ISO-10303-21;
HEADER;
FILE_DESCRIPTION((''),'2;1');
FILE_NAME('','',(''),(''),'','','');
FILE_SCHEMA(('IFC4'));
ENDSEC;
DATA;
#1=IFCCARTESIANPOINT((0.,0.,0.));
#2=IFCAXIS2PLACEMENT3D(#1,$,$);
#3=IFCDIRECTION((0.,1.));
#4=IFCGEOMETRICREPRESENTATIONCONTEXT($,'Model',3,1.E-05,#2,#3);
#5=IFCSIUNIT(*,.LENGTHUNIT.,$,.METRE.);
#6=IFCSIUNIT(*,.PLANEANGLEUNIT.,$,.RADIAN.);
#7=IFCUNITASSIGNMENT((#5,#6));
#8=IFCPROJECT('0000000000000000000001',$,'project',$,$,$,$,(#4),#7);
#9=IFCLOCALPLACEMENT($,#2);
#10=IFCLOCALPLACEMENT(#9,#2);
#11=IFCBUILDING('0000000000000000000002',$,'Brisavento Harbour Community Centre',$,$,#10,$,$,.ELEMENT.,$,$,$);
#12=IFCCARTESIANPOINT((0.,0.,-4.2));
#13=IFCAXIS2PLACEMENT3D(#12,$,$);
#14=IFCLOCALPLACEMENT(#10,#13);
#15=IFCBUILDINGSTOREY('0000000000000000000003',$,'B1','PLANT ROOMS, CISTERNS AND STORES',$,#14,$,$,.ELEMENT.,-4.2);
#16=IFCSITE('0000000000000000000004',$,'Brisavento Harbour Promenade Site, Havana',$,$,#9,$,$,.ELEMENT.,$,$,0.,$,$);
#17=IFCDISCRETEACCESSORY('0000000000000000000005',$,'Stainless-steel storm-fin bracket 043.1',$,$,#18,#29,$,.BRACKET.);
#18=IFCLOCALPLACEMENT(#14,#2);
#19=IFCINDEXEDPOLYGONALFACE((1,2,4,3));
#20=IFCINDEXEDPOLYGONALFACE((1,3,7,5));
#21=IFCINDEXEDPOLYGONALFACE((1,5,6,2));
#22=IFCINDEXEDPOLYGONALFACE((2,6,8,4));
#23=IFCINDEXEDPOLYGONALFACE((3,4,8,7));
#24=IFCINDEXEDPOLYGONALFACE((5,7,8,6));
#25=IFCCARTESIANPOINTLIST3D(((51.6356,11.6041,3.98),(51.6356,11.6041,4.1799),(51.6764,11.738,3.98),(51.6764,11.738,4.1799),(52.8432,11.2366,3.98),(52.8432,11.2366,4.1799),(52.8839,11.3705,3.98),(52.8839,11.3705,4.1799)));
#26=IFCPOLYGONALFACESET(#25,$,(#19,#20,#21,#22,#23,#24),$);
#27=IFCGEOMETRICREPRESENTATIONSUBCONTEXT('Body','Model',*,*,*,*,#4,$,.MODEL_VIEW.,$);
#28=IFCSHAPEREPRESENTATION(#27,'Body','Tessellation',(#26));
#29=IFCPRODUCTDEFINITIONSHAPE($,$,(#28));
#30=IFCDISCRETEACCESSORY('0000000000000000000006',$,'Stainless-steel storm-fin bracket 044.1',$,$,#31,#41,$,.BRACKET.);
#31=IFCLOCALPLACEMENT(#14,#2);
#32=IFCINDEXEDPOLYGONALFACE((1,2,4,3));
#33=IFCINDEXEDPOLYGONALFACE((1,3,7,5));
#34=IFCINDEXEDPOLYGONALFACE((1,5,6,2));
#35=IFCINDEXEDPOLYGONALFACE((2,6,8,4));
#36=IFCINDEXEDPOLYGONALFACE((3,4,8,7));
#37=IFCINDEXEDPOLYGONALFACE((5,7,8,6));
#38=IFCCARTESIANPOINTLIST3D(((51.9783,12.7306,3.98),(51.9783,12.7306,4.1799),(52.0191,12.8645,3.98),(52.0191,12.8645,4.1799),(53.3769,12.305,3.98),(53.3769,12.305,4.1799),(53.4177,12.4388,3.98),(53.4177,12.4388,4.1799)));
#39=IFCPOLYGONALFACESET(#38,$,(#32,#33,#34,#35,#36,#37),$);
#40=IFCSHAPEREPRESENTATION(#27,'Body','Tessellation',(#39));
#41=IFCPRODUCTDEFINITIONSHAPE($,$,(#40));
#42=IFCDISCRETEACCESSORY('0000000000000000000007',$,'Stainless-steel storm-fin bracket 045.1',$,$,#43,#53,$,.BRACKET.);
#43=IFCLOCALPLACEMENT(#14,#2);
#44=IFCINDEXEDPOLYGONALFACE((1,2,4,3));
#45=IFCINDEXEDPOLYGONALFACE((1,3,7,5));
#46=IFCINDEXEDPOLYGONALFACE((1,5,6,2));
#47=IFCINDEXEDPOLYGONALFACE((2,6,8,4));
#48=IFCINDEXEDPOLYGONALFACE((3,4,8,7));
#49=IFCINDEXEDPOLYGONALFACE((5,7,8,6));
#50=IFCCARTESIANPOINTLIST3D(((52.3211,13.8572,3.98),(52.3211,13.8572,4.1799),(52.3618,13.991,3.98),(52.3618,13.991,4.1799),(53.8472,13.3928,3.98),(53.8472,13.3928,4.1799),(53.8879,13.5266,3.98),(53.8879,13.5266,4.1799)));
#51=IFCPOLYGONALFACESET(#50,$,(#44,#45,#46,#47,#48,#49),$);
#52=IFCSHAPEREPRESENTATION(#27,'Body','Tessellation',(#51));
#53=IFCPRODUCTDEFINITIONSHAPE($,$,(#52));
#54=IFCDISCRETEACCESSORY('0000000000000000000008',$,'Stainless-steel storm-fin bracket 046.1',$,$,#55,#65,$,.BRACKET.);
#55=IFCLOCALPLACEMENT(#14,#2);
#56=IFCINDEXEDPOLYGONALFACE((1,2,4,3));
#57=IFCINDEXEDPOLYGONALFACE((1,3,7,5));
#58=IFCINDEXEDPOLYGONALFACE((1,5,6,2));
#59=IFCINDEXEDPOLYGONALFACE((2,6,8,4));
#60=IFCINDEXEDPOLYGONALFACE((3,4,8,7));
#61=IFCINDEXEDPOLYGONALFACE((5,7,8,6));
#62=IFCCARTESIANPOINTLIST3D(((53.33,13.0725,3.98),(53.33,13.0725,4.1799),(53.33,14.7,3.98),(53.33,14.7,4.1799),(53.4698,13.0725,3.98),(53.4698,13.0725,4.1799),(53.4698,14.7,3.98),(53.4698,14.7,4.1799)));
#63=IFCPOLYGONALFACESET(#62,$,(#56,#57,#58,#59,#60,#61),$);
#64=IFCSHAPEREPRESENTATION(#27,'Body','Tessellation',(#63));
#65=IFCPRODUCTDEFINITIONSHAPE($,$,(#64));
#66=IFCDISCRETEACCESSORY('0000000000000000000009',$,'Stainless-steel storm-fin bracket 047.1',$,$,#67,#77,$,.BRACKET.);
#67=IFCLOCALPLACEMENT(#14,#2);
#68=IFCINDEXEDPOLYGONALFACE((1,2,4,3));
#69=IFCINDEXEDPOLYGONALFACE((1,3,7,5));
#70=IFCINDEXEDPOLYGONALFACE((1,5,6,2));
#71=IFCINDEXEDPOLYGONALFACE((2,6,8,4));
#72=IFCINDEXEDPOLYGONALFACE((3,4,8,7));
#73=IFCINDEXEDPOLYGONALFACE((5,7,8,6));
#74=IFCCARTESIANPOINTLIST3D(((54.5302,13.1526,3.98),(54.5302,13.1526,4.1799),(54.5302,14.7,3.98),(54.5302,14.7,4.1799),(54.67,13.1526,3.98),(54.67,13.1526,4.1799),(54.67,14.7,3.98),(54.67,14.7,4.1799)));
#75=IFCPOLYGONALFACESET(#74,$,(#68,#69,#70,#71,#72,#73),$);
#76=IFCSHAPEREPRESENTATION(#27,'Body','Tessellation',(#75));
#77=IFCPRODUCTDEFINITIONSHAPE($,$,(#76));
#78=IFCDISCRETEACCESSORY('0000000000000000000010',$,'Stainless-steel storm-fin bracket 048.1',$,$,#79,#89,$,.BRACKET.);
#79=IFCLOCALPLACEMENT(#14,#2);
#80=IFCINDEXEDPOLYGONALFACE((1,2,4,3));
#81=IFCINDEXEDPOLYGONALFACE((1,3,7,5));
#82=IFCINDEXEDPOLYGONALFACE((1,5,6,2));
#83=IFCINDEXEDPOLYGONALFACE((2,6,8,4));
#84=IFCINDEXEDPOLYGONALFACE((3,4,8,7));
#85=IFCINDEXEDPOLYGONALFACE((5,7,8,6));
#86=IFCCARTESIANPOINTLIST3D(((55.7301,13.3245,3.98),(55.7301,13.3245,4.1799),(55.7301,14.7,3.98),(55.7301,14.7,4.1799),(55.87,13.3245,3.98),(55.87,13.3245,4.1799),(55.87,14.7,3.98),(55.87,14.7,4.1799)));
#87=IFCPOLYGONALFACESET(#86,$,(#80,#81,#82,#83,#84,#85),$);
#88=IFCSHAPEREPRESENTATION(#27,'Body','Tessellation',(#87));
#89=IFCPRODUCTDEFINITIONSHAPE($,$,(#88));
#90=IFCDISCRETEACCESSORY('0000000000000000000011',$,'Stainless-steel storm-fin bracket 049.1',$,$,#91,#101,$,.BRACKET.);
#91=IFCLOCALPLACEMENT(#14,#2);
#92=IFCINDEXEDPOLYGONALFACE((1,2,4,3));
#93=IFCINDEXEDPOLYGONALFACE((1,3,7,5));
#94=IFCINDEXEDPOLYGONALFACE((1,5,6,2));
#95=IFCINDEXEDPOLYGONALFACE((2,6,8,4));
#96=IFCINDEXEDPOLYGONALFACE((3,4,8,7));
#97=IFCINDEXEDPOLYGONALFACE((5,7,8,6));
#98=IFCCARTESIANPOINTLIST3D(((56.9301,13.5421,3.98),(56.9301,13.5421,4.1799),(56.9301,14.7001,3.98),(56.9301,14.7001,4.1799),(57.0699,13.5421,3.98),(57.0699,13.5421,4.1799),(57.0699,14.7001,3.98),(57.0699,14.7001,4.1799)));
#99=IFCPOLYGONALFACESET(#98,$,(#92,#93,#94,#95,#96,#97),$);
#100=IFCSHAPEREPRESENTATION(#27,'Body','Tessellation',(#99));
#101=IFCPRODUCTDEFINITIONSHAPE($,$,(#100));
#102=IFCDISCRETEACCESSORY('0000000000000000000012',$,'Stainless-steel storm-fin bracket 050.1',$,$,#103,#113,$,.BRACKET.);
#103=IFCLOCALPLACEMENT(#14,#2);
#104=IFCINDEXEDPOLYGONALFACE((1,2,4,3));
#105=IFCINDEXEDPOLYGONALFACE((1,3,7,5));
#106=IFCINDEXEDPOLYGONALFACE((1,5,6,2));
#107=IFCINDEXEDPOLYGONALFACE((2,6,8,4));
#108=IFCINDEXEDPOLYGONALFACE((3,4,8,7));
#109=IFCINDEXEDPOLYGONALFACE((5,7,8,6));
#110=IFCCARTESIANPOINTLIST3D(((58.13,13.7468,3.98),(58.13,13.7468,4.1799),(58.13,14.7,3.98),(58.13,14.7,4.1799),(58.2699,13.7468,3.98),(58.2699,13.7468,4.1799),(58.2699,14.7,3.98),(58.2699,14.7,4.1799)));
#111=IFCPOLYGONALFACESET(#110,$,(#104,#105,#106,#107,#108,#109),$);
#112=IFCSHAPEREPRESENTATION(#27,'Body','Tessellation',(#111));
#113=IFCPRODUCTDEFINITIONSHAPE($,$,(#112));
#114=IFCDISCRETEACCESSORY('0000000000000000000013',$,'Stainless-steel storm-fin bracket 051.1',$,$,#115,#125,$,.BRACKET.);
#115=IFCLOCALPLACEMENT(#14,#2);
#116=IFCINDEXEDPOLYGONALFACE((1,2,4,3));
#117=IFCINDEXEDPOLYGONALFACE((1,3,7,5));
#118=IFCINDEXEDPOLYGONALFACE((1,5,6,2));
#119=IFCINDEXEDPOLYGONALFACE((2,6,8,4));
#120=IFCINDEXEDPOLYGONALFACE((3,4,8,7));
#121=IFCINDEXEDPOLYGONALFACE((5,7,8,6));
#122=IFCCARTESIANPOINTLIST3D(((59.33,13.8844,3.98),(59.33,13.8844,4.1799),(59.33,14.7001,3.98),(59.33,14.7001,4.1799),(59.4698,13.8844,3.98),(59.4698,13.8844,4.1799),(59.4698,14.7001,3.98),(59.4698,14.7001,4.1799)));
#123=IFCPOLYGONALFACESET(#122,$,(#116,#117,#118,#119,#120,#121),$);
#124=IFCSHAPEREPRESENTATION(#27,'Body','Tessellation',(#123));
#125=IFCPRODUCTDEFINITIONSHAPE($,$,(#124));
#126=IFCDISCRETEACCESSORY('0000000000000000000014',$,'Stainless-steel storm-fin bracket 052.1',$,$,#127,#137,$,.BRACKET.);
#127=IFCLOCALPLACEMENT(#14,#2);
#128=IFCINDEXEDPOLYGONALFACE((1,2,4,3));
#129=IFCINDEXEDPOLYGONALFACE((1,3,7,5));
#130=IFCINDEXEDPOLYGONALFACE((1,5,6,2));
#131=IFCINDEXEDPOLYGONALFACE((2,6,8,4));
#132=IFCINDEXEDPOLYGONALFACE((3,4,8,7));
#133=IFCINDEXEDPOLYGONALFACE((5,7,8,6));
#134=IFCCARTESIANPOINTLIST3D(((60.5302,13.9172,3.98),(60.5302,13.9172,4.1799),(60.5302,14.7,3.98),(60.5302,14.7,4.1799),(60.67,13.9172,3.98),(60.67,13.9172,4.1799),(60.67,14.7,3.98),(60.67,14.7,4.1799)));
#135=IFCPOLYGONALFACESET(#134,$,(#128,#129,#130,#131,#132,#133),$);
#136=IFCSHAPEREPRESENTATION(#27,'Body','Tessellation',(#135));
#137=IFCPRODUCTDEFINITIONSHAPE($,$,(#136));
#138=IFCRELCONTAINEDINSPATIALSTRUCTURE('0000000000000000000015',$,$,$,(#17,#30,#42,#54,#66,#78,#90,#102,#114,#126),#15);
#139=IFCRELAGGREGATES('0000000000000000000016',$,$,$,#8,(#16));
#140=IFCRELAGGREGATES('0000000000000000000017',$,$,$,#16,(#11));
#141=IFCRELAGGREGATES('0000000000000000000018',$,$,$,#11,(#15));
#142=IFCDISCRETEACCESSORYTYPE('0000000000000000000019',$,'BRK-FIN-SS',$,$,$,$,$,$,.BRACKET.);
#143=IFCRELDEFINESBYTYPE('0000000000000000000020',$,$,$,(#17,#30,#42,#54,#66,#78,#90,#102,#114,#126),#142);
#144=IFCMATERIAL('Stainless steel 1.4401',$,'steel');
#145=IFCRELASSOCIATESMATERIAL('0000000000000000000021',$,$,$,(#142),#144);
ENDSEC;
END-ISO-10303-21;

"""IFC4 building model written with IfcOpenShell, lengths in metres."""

from ifc_helpers import new_model, si_unit, direction, frame, origin, origin_2d, place, context, subcontext, project, spatial, rectangle, extrude, material, type_object, element, save


model = new_model("IFC4")

# Units and contexts
model_context = context("Model", 3, precision=1e-05, world=origin(), true_north=direction((0.0, 1.0)))
body_context = subcontext(model_context, "Body", "Model", "MODEL_VIEW")
ifc_project = project(units=[si_unit("LENGTHUNIT", "METRE"), si_unit("PLANEANGLEUNIT", "RADIAN")], contexts=[model_context])

# Site, building, storey
site_placement = place(None, origin())
site = spatial("IfcSite", under=ifc_project, at=site_placement, Name="Brisavento Harbour Promenade Site, Havana", CompositionType="ELEMENT", RefElevation=0.0)
building_placement = place(site_placement, origin())
building = spatial("IfcBuilding", under=site, at=building_placement, Name="Brisavento Harbour Community Centre", CompositionType="ELEMENT")
storey_placement = place(building_placement, frame((0.0, 0.0, -4.2)))
storey = spatial("IfcBuildingStorey", under=building, at=storey_placement, Name="B1", Description="PLANT ROOMS, CISTERNS AND STORES", CompositionType="ELEMENT", Elevation=-4.2)

# Discrete accessories
ifc_material_1 = material(Name="Stainless steel 1.4401", Category="steel")
discrete_accessory_type = type_object("IfcDiscreteAccessoryType", Name="BRK-FIN-SS", PredefinedType="BRACKET", material=ifc_material_1)
discrete_accessory_1_placement = place(storey_placement, frame((52.2598, 11.4873, 3.98), z_axis=(0.0, 0.0, 1.0), x_axis=(0.956676, -0.291153, 0.0)))
element("IfcDiscreteAccessory", 1, at=discrete_accessory_1_placement, inside=storey, type_object=discrete_accessory_type, Name="Stainless-steel storm-fin bracket 043.1", PredefinedType="BRACKET", context=body_context, shape_type="SweptSolid", body=[
    extrude(rectangle(XDim=1.2622, YDim=0.1399, at=origin_2d()), origin(), (0.0, 0.0, 1.0), 0.2),
])
discrete_accessory_2_placement = place(storey_placement, frame((52.698, 12.5847, 3.98), z_axis=(0.0, 0.0, 1.0), x_axis=(0.956676, -0.291153, 0.0)))
element("IfcDiscreteAccessory", 2, at=discrete_accessory_2_placement, inside=storey, type_object=discrete_accessory_type, Name="Stainless-steel storm-fin bracket 044.1", PredefinedType="BRACKET", context=body_context, shape_type="SweptSolid", body=[
    extrude(rectangle(XDim=1.4619, YDim=0.1399, at=origin_2d()), origin(), (0.0, 0.0, 1.0), 0.2),
])
discrete_accessory_3_placement = place(storey_placement, frame((53.1045, 13.6919, 3.98), z_axis=(0.0, 0.0, 1.0), x_axis=(0.956676, -0.291153, 0.0)))
element("IfcDiscreteAccessory", 3, at=discrete_accessory_3_placement, inside=storey, type_object=discrete_accessory_type, Name="Stainless-steel storm-fin bracket 045.1", PredefinedType="BRACKET", context=body_context, shape_type="SweptSolid", body=[
    extrude(rectangle(XDim=1.5952, YDim=0.1399, at=origin_2d()), origin(), (0.0, 0.0, 1.0), 0.2),
])
discrete_accessory_4_placement = place(storey_placement, frame((53.3999, 13.8862, 3.98), z_axis=(0.0, 0.0, 1.0), x_axis=(0.0, -1.0, 0.0)))
element("IfcDiscreteAccessory", 4, at=discrete_accessory_4_placement, inside=storey, type_object=discrete_accessory_type, Name="Stainless-steel storm-fin bracket 046.1", PredefinedType="BRACKET", context=body_context, shape_type="SweptSolid", body=[
    extrude(rectangle(XDim=1.6274, YDim=0.1399, at=origin_2d()), origin(), (0.0, 0.0, 1.0), 0.2),
])
discrete_accessory_5_placement = place(storey_placement, frame((54.6001, 13.9263, 3.98), z_axis=(0.0, 0.0, 1.0), x_axis=(0.0, -1.0, 0.0)))
element("IfcDiscreteAccessory", 5, at=discrete_accessory_5_placement, inside=storey, type_object=discrete_accessory_type, Name="Stainless-steel storm-fin bracket 047.1", PredefinedType="BRACKET", context=body_context, shape_type="SweptSolid", body=[
    extrude(rectangle(XDim=1.5474, YDim=0.1399, at=origin_2d()), origin(), (0.0, 0.0, 1.0), 0.2),
])
discrete_accessory_6_placement = place(storey_placement, frame((55.8, 14.0122, 3.98), z_axis=(0.0, 0.0, 1.0), x_axis=(0.0, -1.0, 0.0)))
element("IfcDiscreteAccessory", 6, at=discrete_accessory_6_placement, inside=storey, type_object=discrete_accessory_type, Name="Stainless-steel storm-fin bracket 048.1", PredefinedType="BRACKET", context=body_context, shape_type="SweptSolid", body=[
    extrude(rectangle(XDim=1.3755, YDim=0.1399, at=origin_2d()), origin(), (0.0, 0.0, 1.0), 0.2),
])
discrete_accessory_7_placement = place(storey_placement, frame((57.0, 14.1211, 3.98), z_axis=(0.0, 0.0, 1.0), x_axis=(0.0, -1.0, 0.0)))
element("IfcDiscreteAccessory", 7, at=discrete_accessory_7_placement, inside=storey, type_object=discrete_accessory_type, Name="Stainless-steel storm-fin bracket 049.1", PredefinedType="BRACKET", context=body_context, shape_type="SweptSolid", body=[
    extrude(rectangle(XDim=1.158, YDim=0.1399, at=origin_2d()), origin(), (0.0, 0.0, 1.0), 0.2),
])
discrete_accessory_8_placement = place(storey_placement, frame((58.2, 14.2234, 3.98), z_axis=(0.0, 0.0, 1.0), x_axis=(0.0, -1.0, 0.0)))
element("IfcDiscreteAccessory", 8, at=discrete_accessory_8_placement, inside=storey, type_object=discrete_accessory_type, Name="Stainless-steel storm-fin bracket 050.1", PredefinedType="BRACKET", context=body_context, shape_type="SweptSolid", body=[
    extrude(rectangle(XDim=0.9531, YDim=0.1399, at=origin_2d()), origin(), (0.0, 0.0, 1.0), 0.2),
])
discrete_accessory_9_placement = place(storey_placement, frame((59.3999, 14.2922, 3.98), z_axis=(0.0, 0.0, 1.0), x_axis=(0.0, -1.0, 0.0)))
element("IfcDiscreteAccessory", 9, at=discrete_accessory_9_placement, inside=storey, type_object=discrete_accessory_type, Name="Stainless-steel storm-fin bracket 051.1", PredefinedType="BRACKET", context=body_context, shape_type="SweptSolid", body=[
    extrude(rectangle(XDim=0.8157, YDim=0.1399, at=origin_2d()), origin(), (0.0, 0.0, 1.0), 0.2),
])
discrete_accessory_10_placement = place(storey_placement, frame((60.6001, 14.3086, 3.98), z_axis=(0.0, 0.0, 1.0), x_axis=(0.0, -1.0, 0.0)))
element("IfcDiscreteAccessory", 10, at=discrete_accessory_10_placement, inside=storey, type_object=discrete_accessory_type, Name="Stainless-steel storm-fin bracket 052.1", PredefinedType="BRACKET", context=body_context, shape_type="SweptSolid", body=[
    extrude(rectangle(XDim=0.7827, YDim=0.1399, at=origin_2d()), origin(), (0.0, 0.0, 1.0), 0.2),
])

save(model, "model.ifc")
